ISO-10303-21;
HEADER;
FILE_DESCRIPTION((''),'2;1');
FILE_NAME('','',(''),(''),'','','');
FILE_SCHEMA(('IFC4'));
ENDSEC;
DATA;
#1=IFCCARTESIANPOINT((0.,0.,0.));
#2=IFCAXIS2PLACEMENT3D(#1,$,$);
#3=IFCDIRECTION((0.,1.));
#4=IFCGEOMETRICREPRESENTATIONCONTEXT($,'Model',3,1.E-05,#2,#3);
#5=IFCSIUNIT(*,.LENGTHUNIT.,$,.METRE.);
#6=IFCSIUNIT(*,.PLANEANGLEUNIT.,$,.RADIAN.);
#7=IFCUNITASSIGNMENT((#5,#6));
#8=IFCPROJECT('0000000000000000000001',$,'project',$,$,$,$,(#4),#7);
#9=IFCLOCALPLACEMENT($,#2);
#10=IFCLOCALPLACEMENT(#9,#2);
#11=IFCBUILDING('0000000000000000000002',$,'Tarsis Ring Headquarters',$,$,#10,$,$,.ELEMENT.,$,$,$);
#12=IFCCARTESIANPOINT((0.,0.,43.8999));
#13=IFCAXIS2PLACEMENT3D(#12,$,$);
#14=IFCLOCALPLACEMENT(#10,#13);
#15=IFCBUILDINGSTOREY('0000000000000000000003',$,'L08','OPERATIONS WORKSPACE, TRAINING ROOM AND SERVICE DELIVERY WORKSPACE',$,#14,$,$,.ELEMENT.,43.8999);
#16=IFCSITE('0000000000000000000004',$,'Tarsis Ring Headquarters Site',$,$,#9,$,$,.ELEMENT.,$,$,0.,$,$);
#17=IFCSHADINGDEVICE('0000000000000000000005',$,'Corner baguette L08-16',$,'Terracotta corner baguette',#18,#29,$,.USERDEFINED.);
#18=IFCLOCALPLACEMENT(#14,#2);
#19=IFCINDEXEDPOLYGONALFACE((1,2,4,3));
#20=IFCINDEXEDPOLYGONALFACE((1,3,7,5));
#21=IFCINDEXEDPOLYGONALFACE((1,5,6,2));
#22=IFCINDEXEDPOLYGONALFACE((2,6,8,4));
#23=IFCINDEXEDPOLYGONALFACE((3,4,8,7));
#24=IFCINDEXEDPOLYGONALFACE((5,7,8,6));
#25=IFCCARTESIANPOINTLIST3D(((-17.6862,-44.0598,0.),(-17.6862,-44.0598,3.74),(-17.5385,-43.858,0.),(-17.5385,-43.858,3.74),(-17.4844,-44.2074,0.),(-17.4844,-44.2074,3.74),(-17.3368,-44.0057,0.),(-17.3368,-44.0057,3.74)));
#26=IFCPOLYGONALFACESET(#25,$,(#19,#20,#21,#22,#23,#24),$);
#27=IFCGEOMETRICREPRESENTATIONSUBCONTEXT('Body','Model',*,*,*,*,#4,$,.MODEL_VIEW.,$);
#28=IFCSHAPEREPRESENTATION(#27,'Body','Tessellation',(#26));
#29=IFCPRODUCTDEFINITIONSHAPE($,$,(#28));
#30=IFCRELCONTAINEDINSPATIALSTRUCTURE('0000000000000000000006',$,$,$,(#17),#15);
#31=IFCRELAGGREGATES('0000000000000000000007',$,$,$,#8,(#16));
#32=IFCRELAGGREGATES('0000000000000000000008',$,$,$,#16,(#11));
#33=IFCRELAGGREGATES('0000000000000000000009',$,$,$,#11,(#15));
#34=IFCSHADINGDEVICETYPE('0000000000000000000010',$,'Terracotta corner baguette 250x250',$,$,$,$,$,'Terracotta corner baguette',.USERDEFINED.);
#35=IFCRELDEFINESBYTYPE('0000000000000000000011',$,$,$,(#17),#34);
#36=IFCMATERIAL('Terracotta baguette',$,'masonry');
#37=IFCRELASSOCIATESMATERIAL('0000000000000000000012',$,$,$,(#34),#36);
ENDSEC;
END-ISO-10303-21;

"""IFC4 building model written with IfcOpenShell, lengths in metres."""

from ifc_helpers import new_model, si_unit, direction, frame, origin, origin_2d, place, context, subcontext, project, spatial, rectangle, extrude, material, type_object, element, save


model = new_model("IFC4")

# Units and contexts
model_context = context("Model", 3, precision=1e-05, world=origin(), true_north=direction((0.0, 1.0)))
body_context = subcontext(model_context, "Body", "Model", "MODEL_VIEW")
ifc_project = project(units=[si_unit("LENGTHUNIT", "METRE"), si_unit("PLANEANGLEUNIT", "RADIAN")], contexts=[model_context])

# Site, building, storey
site_placement = place(None, origin())
site = spatial("IfcSite", under=ifc_project, at=site_placement, Name="Tarsis Ring Headquarters Site", CompositionType="ELEMENT", RefElevation=0.0)
building_placement = place(site_placement, origin())
building = spatial("IfcBuilding", under=site, at=building_placement, Name="Tarsis Ring Headquarters", CompositionType="ELEMENT")
storey_placement = place(building_placement, frame((0.0, 0.0, 43.8999)))
storey = spatial("IfcBuildingStorey", under=building, at=storey_placement, Name="L08", Description="OPERATIONS WORKSPACE, TRAINING ROOM AND SERVICE DELIVERY WORKSPACE", CompositionType="ELEMENT", Elevation=43.8999)

# Shading device
ifc_material_1 = material(Name="Terracotta baguette", Category="masonry")
shading_device_type_1 = type_object("IfcShadingDeviceType", Name="Terracotta corner baguette 250x250", ElementType="Terracotta corner baguette", PredefinedType="USERDEFINED", material=ifc_material_1)
for number, where, z_axis, x_axis, name in (
    (1, (-17.5115, -44.0327, 0.0), (0.0, 0.0, 1.0), (0.80696, -0.590606, 0.0), "Corner baguette L08-16"),
):
    element("IfcShadingDevice", number, at=place(storey_placement, frame(where, z_axis=z_axis, x_axis=x_axis)), inside=storey, type_object=shading_device_type_1, Name=name, ObjectType="Terracotta corner baguette", PredefinedType="USERDEFINED", context=body_context, shape_type="SweptSolid", body=[
        extrude(rectangle(XDim=0.25, YDim=0.25, at=origin_2d()), origin(), (0.0, 0.0, 1.0), 3.74),
    ])

save(model, "model.ifc")
